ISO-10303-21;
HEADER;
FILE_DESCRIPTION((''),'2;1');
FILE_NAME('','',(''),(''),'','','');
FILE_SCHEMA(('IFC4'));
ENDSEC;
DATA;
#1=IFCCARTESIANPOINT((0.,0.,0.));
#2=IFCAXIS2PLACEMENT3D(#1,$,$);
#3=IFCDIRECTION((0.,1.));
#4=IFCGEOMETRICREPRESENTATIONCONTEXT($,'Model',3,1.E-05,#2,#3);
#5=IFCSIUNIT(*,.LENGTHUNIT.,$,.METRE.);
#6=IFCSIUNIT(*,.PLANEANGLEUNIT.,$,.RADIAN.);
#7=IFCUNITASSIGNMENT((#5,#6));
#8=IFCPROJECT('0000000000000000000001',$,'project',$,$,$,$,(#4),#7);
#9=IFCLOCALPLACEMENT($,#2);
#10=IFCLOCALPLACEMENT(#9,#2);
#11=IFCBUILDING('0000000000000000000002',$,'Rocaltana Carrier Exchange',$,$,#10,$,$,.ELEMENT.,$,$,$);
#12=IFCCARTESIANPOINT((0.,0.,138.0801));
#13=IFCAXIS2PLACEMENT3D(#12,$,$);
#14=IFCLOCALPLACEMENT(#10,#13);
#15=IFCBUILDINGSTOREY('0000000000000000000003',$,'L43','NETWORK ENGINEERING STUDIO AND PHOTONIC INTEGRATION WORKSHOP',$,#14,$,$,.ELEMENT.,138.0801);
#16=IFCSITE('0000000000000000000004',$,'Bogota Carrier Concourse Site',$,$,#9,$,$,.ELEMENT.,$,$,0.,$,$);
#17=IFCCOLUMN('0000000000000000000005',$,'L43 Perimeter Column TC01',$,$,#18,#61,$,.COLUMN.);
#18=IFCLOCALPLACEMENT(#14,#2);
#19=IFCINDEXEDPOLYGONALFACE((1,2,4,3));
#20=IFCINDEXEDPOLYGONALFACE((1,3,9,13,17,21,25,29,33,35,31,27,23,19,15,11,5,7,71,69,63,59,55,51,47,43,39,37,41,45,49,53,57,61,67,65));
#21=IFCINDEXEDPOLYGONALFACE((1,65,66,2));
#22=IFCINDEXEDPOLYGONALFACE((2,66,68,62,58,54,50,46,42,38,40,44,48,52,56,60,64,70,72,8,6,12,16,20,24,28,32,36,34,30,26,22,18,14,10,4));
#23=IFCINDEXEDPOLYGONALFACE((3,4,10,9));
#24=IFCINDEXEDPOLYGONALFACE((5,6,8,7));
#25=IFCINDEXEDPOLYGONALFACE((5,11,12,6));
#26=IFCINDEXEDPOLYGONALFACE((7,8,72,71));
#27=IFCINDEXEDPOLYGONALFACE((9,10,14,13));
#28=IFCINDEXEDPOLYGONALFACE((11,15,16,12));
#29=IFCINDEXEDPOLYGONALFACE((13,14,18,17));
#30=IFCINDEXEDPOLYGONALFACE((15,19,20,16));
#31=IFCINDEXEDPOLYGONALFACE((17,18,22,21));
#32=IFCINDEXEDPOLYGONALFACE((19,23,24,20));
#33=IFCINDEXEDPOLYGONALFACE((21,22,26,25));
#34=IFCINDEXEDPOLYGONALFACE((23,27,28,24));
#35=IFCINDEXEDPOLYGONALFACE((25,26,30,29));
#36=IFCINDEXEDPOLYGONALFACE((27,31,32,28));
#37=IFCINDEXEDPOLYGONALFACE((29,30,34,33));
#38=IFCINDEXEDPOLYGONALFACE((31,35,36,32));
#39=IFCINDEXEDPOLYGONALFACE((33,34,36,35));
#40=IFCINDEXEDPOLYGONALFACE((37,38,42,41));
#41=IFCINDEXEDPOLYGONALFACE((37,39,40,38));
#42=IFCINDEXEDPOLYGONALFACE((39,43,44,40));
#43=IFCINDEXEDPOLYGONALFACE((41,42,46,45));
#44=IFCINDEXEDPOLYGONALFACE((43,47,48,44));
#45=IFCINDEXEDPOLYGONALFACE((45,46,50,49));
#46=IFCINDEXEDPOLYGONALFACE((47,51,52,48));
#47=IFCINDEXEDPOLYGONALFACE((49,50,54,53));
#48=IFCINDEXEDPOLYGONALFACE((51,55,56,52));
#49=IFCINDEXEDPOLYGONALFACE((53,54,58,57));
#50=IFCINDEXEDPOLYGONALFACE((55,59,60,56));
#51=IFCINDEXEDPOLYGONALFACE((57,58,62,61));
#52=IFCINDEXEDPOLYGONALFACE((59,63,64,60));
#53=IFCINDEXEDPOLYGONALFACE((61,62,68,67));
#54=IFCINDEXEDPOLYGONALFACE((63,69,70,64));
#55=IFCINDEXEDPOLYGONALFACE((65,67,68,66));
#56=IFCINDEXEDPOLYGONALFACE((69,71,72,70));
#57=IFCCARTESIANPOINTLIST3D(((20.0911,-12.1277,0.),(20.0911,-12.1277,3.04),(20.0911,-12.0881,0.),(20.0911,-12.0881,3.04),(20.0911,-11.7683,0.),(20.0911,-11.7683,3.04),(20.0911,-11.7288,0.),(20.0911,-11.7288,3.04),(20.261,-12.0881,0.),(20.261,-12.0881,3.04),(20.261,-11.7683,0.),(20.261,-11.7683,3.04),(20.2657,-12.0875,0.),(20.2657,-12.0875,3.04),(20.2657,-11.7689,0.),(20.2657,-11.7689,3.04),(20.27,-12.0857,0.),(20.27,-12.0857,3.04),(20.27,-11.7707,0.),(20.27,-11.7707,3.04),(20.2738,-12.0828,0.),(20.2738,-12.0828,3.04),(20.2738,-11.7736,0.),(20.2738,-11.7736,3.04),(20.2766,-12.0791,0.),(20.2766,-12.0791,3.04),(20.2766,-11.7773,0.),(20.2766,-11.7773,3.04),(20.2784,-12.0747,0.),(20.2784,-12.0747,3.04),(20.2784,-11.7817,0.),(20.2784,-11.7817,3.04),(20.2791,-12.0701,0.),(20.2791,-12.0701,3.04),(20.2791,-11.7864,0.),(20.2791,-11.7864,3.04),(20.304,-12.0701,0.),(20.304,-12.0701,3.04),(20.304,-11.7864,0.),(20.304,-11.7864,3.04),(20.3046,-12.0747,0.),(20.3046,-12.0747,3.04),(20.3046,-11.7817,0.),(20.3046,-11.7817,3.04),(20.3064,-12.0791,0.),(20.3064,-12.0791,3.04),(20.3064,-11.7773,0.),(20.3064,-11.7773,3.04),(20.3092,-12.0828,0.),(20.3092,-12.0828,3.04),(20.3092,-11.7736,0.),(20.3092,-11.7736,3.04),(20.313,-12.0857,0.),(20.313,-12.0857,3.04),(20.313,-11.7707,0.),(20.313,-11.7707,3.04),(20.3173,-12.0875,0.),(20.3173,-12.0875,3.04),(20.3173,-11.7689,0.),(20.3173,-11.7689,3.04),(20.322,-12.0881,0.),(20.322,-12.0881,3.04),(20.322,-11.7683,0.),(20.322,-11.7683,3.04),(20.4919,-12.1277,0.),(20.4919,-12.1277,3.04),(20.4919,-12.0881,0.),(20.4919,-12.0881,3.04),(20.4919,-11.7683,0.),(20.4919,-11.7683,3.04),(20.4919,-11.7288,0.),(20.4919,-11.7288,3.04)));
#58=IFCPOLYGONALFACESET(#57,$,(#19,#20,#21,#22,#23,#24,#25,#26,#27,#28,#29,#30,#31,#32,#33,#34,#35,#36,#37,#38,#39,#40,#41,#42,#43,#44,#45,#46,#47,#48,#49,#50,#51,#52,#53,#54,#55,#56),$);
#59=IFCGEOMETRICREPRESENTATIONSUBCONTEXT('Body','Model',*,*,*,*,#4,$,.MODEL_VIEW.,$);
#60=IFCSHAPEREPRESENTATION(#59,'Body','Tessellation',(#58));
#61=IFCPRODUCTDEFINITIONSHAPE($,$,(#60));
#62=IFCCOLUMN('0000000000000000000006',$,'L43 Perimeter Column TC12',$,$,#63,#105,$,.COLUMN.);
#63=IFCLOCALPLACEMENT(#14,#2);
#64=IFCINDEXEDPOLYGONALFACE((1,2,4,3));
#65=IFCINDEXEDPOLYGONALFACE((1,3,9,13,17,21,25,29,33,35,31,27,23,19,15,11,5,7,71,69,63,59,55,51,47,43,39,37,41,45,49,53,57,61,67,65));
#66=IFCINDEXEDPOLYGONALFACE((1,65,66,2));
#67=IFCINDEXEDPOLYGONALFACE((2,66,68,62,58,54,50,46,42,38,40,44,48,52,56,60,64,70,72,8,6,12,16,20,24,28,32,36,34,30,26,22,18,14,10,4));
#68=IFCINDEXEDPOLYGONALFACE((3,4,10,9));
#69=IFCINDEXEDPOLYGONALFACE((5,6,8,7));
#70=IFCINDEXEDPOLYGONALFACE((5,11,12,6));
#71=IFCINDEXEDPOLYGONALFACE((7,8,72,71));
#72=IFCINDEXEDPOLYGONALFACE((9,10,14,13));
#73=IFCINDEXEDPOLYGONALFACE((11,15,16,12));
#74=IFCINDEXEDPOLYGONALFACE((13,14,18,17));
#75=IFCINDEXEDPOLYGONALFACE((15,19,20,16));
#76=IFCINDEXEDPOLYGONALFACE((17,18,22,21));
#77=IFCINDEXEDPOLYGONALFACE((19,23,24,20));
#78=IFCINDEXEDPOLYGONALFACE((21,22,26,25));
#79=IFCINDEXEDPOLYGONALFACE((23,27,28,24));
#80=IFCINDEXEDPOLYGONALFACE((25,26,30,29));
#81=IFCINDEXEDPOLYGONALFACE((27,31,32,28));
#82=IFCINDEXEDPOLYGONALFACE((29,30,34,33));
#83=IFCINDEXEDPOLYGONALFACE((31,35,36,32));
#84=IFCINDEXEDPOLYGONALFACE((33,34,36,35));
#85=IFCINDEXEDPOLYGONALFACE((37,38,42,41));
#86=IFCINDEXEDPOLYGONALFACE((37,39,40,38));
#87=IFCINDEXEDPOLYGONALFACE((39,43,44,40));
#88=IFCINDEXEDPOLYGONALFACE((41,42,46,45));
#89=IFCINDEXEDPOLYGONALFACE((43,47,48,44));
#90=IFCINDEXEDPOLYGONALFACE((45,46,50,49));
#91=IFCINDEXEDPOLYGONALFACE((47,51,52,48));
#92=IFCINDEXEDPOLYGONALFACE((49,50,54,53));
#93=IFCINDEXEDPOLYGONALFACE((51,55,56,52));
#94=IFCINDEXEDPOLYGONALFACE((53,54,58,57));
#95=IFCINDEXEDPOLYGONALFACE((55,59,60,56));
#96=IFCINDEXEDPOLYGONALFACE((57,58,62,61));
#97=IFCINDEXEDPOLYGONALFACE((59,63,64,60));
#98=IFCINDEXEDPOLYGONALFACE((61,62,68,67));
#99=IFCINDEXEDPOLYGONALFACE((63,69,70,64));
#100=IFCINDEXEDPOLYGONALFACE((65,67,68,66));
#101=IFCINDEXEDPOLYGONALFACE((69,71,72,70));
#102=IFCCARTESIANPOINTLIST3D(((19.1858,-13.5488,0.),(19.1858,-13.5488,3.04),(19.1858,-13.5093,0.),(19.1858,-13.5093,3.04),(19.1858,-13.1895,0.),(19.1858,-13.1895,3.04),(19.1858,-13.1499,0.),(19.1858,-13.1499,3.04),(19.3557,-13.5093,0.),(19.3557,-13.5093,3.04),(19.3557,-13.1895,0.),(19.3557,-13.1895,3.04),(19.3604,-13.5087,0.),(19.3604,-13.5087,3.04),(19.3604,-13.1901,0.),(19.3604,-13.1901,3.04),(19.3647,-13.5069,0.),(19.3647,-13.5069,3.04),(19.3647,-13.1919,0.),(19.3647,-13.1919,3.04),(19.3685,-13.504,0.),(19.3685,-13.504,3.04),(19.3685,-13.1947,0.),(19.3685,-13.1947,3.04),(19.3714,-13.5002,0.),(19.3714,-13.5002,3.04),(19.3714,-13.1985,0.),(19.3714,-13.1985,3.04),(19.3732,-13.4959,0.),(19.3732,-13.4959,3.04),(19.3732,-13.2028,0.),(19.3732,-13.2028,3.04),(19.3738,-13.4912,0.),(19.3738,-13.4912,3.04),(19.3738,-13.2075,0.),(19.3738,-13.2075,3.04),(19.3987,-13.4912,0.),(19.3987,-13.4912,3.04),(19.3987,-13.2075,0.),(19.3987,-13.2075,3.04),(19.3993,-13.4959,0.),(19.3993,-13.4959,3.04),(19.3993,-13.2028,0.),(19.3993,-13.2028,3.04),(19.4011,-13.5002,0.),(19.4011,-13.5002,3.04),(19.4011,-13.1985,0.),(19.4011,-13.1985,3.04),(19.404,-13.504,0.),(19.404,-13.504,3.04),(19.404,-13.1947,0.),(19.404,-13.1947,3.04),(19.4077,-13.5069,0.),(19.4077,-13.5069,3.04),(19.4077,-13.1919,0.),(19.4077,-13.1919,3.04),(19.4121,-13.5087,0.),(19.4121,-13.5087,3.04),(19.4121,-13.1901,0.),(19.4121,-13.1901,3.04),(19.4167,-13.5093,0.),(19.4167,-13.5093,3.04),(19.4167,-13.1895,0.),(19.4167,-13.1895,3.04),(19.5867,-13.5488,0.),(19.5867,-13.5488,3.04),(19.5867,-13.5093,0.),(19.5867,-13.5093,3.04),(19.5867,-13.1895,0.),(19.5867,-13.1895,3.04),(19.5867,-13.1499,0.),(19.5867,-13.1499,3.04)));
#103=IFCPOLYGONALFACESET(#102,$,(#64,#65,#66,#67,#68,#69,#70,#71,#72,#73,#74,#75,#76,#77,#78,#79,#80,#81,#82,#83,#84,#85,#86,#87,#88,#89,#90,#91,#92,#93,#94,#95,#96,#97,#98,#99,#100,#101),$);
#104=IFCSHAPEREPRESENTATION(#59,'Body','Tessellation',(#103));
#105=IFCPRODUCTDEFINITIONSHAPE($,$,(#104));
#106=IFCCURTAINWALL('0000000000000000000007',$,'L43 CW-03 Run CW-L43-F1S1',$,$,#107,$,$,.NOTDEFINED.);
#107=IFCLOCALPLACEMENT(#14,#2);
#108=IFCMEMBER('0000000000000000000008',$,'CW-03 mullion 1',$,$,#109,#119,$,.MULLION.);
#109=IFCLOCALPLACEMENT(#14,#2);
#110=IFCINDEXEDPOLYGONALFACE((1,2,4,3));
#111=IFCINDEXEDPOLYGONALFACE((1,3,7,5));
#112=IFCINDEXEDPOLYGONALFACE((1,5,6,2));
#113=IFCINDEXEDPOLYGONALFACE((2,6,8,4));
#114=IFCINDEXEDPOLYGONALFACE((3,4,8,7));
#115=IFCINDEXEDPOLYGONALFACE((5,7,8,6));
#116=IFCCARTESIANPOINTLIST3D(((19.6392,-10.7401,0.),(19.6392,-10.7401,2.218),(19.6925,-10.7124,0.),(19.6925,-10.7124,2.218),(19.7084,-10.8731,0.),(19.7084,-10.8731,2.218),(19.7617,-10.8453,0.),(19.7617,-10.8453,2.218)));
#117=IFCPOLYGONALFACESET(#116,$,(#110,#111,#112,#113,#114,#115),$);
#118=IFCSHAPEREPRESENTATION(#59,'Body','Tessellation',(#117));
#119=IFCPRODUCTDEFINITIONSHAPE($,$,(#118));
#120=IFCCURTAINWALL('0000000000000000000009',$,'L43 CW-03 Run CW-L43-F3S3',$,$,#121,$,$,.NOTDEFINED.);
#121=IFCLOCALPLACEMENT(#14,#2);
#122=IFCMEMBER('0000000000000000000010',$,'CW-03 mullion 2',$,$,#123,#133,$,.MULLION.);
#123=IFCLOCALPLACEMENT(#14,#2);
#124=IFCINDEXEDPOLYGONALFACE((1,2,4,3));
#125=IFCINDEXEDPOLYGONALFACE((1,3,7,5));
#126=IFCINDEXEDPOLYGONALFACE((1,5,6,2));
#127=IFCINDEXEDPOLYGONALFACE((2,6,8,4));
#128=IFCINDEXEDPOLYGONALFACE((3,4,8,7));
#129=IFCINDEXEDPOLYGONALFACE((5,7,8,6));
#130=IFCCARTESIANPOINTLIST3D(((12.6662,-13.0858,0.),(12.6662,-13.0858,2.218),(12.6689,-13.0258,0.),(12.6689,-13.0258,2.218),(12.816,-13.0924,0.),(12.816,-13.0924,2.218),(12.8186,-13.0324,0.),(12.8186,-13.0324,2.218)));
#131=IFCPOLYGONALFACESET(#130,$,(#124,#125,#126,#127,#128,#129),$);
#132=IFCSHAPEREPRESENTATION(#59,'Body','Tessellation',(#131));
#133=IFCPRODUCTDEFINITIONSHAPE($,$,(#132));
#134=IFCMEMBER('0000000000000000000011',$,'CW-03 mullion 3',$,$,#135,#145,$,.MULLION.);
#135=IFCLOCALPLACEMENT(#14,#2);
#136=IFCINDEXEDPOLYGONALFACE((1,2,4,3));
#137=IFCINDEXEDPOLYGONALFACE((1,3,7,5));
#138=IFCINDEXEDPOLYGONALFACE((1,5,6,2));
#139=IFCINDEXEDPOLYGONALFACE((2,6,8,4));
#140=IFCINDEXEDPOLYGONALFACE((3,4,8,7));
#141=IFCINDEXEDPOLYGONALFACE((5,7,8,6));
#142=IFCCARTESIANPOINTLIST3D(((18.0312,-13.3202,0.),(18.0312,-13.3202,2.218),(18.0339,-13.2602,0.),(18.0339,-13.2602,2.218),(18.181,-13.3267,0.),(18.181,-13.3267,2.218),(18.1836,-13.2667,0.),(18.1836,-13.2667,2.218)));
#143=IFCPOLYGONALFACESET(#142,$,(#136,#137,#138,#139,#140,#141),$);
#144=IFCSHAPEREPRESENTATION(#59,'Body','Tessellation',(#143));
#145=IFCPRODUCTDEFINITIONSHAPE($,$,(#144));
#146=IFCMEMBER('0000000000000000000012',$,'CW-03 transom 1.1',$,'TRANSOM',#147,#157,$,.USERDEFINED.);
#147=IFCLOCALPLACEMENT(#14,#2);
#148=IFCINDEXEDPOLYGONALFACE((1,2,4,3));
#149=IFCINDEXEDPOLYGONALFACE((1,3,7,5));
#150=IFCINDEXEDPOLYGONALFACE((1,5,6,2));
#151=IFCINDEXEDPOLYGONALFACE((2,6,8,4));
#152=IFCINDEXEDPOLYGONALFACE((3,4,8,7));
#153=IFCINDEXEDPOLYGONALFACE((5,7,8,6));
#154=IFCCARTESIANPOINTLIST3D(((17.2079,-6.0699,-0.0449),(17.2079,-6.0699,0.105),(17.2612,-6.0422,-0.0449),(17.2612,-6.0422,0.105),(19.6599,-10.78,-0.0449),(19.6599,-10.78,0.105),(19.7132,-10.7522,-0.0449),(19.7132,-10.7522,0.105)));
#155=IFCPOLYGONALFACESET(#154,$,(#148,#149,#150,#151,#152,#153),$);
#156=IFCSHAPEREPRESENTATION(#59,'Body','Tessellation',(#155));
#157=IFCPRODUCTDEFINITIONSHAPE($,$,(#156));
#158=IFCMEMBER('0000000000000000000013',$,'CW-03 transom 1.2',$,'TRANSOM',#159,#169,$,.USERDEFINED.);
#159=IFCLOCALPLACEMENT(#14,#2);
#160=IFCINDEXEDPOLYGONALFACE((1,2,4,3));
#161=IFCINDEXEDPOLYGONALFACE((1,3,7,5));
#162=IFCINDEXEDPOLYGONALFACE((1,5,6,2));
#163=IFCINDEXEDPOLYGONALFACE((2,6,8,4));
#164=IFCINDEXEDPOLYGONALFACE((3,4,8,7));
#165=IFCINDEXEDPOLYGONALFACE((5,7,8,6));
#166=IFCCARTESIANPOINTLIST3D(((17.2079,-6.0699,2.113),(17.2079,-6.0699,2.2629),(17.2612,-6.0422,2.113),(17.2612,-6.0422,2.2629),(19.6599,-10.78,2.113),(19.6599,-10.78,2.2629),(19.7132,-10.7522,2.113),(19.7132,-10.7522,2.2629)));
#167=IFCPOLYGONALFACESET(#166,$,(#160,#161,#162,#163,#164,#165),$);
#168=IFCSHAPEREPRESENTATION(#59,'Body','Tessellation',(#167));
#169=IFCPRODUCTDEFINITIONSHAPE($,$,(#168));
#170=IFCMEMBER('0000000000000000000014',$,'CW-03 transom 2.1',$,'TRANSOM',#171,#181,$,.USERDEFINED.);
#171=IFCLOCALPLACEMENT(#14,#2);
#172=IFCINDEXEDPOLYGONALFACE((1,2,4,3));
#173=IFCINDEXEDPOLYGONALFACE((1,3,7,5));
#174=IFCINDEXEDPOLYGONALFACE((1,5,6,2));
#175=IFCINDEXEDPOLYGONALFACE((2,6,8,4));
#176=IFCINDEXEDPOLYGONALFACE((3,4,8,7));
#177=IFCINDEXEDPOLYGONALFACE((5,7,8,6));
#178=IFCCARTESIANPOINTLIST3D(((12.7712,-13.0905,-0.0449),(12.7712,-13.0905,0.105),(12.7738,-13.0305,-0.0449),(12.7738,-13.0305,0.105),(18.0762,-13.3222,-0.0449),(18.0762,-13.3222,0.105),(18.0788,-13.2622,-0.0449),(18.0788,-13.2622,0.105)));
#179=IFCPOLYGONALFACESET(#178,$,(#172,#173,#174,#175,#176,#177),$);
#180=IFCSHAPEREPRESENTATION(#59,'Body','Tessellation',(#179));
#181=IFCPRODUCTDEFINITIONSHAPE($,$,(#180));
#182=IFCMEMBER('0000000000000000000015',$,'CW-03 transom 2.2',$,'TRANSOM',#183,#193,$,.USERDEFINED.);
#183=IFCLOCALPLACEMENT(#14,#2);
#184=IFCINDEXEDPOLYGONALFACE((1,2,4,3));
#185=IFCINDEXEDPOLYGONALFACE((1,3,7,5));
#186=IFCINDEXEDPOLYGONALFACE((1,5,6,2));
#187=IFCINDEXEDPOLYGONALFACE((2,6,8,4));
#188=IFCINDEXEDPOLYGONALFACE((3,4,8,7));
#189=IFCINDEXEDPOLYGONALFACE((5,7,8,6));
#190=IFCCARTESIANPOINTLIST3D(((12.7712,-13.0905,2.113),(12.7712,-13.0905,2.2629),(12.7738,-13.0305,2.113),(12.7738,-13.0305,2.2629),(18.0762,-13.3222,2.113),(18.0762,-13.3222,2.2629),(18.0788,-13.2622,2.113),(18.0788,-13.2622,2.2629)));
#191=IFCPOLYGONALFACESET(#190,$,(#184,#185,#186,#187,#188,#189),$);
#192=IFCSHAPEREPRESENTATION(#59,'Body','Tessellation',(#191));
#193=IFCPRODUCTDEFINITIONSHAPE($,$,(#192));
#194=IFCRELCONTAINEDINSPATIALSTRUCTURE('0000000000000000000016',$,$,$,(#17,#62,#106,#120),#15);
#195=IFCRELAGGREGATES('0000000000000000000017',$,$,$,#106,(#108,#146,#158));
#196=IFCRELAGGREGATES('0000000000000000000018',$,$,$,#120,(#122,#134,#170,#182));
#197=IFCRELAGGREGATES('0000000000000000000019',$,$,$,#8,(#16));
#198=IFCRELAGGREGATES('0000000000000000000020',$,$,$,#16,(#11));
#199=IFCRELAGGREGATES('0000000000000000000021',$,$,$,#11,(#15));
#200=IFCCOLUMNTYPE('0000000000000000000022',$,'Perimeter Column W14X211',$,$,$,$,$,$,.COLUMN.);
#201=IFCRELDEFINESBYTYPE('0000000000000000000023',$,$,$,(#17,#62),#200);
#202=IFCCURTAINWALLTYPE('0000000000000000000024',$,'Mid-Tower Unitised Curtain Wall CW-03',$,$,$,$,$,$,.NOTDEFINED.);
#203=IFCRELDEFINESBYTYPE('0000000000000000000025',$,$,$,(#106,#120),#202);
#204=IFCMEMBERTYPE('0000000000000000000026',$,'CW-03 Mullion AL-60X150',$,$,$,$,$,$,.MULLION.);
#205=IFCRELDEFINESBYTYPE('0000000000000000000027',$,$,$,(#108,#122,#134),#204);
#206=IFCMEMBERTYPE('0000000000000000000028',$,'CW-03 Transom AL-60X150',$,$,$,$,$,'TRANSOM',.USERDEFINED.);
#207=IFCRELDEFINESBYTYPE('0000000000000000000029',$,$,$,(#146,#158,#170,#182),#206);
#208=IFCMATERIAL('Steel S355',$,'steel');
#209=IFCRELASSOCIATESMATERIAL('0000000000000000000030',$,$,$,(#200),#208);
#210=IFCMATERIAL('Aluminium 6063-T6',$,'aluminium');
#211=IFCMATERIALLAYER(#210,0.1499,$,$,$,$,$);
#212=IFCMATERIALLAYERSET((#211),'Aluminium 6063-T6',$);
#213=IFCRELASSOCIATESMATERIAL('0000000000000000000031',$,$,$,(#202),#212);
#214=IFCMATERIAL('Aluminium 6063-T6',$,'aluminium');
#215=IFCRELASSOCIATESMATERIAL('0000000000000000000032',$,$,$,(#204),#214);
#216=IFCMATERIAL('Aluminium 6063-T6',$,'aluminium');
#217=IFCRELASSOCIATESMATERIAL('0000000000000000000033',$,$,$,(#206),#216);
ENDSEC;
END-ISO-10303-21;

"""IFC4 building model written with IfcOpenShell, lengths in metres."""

from ifc_helpers import new_model, si_unit, direction, frame, origin, origin_2d, place, context, subcontext, project, spatial, rectangle, i_section, extrude, material, layer, layer_set, material_profile, profile_set, type_object, element, aggregate, save


model = new_model("IFC4")

# Units and contexts
model_context = context("Model", 3, precision=1e-05, world=origin(), true_north=direction((0.0, 1.0)))
body_context = subcontext(model_context, "Body", "Model", "MODEL_VIEW")
ifc_project = project(units=[si_unit("LENGTHUNIT", "METRE"), si_unit("PLANEANGLEUNIT", "RADIAN")], contexts=[model_context])

# Site, building, storey
site_placement = place(None, origin())
site = spatial("IfcSite", under=ifc_project, at=site_placement, Name="Bogota Carrier Concourse Site", CompositionType="ELEMENT", RefElevation=0.0)
building_placement = place(site_placement, origin())
building = spatial("IfcBuilding", under=site, at=building_placement, Name="Rocaltana Carrier Exchange", CompositionType="ELEMENT")
storey_placement = place(building_placement, frame((0.0, 0.0, 138.0801)))
storey = spatial("IfcBuildingStorey", under=building, at=storey_placement, Name="L43", Description="NETWORK ENGINEERING STUDIO AND PHOTONIC INTEGRATION WORKSHOP", CompositionType="ELEMENT", Elevation=138.0801)

# Columns
ifc_material_1 = material(Name="Steel S355", Category="steel")
ifc_material_profile_1 = material_profile(ifc_material_1, i_section(OverallWidth=0.4009, OverallDepth=0.3989, WebThickness=0.0249, FlangeThickness=0.0396, FilletRadius=0.0181, at=origin_2d()), Name="W14X211")
ifc_profile_set_1 = profile_set([ifc_material_profile_1], Name="Steel S355")
column_type = type_object("IfcColumnType", Name="Perimeter Column W14X211", PredefinedType="COLUMN", material=ifc_profile_set_1)
for number, where, z_axis, x_axis, name in (
    (1, (20.2915, -11.9282, 0.0), (0.0, 0.0, 1.0), (1.0, 0.0, 0.0), "L43 Perimeter Column TC01"),
    (2, (19.3862, -13.3494, 0.0), (0.0, 0.0, 1.0), (1.0, 0.0, 0.0), "L43 Perimeter Column TC12"),
):
    element("IfcColumn", number, at=place(storey_placement, frame(where, z_axis=z_axis, x_axis=x_axis)), inside=storey, type_object=column_type, Name=name, PredefinedType="COLUMN", context=body_context, shape_type="SweptSolid", body=[
        extrude(i_section(OverallWidth=0.4009, OverallDepth=0.3989, WebThickness=0.0249, FlangeThickness=0.0396, FilletRadius=0.0181, at=origin_2d()), origin(), (0.0, 0.0, 1.0), 3.04),
    ])

# Curtain wall, member
ifc_material_2 = material(Name="Aluminium 6063-T6", Category="aluminium")
ifc_layer_1 = layer(ifc_material_2, 0.1499)
ifc_layer_set_1 = layer_set([ifc_layer_1], Name="Aluminium 6063-T6")
curtain_wall_type = type_object("IfcCurtainWallType", Name="Mid-Tower Unitised Curtain Wall CW-03", PredefinedType="NOTDEFINED", material=ifc_layer_set_1)
curtain_wall_1_placement = place(storey_placement, origin())
curtain_wall_1 = element("IfcCurtainWall", 3, at=curtain_wall_1_placement, inside=storey, type_object=curtain_wall_type, Name="L43 CW-03 Run CW-L43-F1S1", PredefinedType="NOTDEFINED")
ifc_material_3 = material(Name="Aluminium 6063-T6", Category="aluminium")
ifc_material_profile_2 = material_profile(ifc_material_3, rectangle(XDim=0.0601, YDim=0.1499, at=origin_2d()), Name="AL-60X150")
ifc_profile_set_2 = profile_set([ifc_material_profile_2], Name="Aluminium 6063-T6")
member_type_1 = type_object("IfcMemberType", Name="CW-03 Mullion AL-60X150", PredefinedType="MULLION", material=ifc_profile_set_2)
member_1_placement = place(storey_placement, frame((19.7004, -10.7927, 0.0), z_axis=(0.0, 0.0, 1.0), x_axis=(-0.88701, -0.46175, 0.0)))
member_1 = element("IfcMember", 4, at=member_1_placement, type_object=member_type_1, Name="CW-03 mullion 1", PredefinedType="MULLION", context=body_context, shape_type="SweptSolid", body=[
    extrude(rectangle(XDim=0.0601, YDim=0.1499, at=origin_2d()), origin(), (0.0, 0.0, 1.0), 2.218),
])

# Curtain wall, members
curtain_wall_2_placement = place(storey_placement, origin())
curtain_wall_2 = element("IfcCurtainWall", 5, at=curtain_wall_2_placement, inside=storey, type_object=curtain_wall_type, Name="L43 CW-03 Run CW-L43-F3S3", PredefinedType="NOTDEFINED")
member_2_placement = place(storey_placement, frame((12.7424, -13.0591, 0.0), z_axis=(0.0, 0.0, 1.0), x_axis=(0.043629, 0.999048, 0.0)))
member_2 = element("IfcMember", 6, at=member_2_placement, type_object=member_type_1, Name="CW-03 mullion 2", PredefinedType="MULLION", context=body_context, shape_type="SweptSolid", body=[
    extrude(rectangle(XDim=0.0601, YDim=0.1499, at=origin_2d()), origin(), (0.0, 0.0, 1.0), 2.218),
])
member_3_placement = place(storey_placement, frame((18.1074, -13.2935, 0.0), z_axis=(0.0, 0.0, 1.0), x_axis=(0.043629, 0.999048, 0.0)))
member_3 = element("IfcMember", 7, at=member_3_placement, type_object=member_type_1, Name="CW-03 mullion 3", PredefinedType="MULLION", context=body_context, shape_type="SweptSolid", body=[
    extrude(rectangle(XDim=0.0601, YDim=0.1499, at=origin_2d()), origin(), (0.0, 0.0, 1.0), 2.218),
])

# Members
ifc_material_4 = material(Name="Aluminium 6063-T6", Category="aluminium")
ifc_material_profile_3 = material_profile(ifc_material_4, rectangle(XDim=0.0601, YDim=0.1499, at=origin_2d()), Name="AL-60X150")
ifc_profile_set_3 = profile_set([ifc_material_profile_3], Name="Aluminium 6063-T6")
member_type_2 = type_object("IfcMemberType", Name="CW-03 Transom AL-60X150", ElementType="TRANSOM", PredefinedType="USERDEFINED", material=ifc_profile_set_3)
member_4_placement = place(storey_placement, frame((19.6865, -10.7661, 0.03), z_axis=(-0.461757, 0.887007, 0.0), x_axis=(-0.887007, -0.461757, 0.0)))
member_4 = element("IfcMember", 8, at=member_4_placement, type_object=member_type_2, Name="CW-03 transom 1.1", ObjectType="TRANSOM", PredefinedType="USERDEFINED", context=body_context, shape_type="SweptSolid", body=[
    extrude(rectangle(XDim=0.0601, YDim=0.1499, at=origin_2d()), origin(), (0.0, 0.0, 1.0), 5.3101),
])
member_5_placement = place(storey_placement, frame((19.6865, -10.7661, 2.188), z_axis=(-0.461757, 0.887007, 0.0), x_axis=(-0.887007, -0.461757, 0.0)))
member_5 = element("IfcMember", 9, at=member_5_placement, type_object=member_type_2, Name="CW-03 transom 1.2", ObjectType="TRANSOM", PredefinedType="USERDEFINED", context=body_context, shape_type="SweptSolid", body=[
    extrude(rectangle(XDim=0.0601, YDim=0.1499, at=origin_2d()), origin(), (0.0, 0.0, 1.0), 5.3101),
])
aggregate(curtain_wall_1, [member_1, member_4, member_5])
member_6_placement = place(storey_placement, frame((12.7725, -13.0605, 0.03), z_axis=(0.999048, -0.043633, 0.0), x_axis=(0.043633, 0.999048, 0.0)))
member_6 = element("IfcMember", 10, at=member_6_placement, type_object=member_type_2, Name="CW-03 transom 2.1", ObjectType="TRANSOM", PredefinedType="USERDEFINED", context=body_context, shape_type="SweptSolid", body=[
    extrude(rectangle(XDim=0.0601, YDim=0.1499, at=origin_2d()), origin(), (0.0, 0.0, 1.0), 5.3101),
])
member_7_placement = place(storey_placement, frame((12.7725, -13.0605, 2.188), z_axis=(0.999048, -0.043633, 0.0), x_axis=(0.043633, 0.999048, 0.0)))
member_7 = element("IfcMember", 11, at=member_7_placement, type_object=member_type_2, Name="CW-03 transom 2.2", ObjectType="TRANSOM", PredefinedType="USERDEFINED", context=body_context, shape_type="SweptSolid", body=[
    extrude(rectangle(XDim=0.0601, YDim=0.1499, at=origin_2d()), origin(), (0.0, 0.0, 1.0), 5.3101),
])

aggregate(curtain_wall_2, [member_2, member_3, member_6, member_7])

save(model, "model.ifc")
